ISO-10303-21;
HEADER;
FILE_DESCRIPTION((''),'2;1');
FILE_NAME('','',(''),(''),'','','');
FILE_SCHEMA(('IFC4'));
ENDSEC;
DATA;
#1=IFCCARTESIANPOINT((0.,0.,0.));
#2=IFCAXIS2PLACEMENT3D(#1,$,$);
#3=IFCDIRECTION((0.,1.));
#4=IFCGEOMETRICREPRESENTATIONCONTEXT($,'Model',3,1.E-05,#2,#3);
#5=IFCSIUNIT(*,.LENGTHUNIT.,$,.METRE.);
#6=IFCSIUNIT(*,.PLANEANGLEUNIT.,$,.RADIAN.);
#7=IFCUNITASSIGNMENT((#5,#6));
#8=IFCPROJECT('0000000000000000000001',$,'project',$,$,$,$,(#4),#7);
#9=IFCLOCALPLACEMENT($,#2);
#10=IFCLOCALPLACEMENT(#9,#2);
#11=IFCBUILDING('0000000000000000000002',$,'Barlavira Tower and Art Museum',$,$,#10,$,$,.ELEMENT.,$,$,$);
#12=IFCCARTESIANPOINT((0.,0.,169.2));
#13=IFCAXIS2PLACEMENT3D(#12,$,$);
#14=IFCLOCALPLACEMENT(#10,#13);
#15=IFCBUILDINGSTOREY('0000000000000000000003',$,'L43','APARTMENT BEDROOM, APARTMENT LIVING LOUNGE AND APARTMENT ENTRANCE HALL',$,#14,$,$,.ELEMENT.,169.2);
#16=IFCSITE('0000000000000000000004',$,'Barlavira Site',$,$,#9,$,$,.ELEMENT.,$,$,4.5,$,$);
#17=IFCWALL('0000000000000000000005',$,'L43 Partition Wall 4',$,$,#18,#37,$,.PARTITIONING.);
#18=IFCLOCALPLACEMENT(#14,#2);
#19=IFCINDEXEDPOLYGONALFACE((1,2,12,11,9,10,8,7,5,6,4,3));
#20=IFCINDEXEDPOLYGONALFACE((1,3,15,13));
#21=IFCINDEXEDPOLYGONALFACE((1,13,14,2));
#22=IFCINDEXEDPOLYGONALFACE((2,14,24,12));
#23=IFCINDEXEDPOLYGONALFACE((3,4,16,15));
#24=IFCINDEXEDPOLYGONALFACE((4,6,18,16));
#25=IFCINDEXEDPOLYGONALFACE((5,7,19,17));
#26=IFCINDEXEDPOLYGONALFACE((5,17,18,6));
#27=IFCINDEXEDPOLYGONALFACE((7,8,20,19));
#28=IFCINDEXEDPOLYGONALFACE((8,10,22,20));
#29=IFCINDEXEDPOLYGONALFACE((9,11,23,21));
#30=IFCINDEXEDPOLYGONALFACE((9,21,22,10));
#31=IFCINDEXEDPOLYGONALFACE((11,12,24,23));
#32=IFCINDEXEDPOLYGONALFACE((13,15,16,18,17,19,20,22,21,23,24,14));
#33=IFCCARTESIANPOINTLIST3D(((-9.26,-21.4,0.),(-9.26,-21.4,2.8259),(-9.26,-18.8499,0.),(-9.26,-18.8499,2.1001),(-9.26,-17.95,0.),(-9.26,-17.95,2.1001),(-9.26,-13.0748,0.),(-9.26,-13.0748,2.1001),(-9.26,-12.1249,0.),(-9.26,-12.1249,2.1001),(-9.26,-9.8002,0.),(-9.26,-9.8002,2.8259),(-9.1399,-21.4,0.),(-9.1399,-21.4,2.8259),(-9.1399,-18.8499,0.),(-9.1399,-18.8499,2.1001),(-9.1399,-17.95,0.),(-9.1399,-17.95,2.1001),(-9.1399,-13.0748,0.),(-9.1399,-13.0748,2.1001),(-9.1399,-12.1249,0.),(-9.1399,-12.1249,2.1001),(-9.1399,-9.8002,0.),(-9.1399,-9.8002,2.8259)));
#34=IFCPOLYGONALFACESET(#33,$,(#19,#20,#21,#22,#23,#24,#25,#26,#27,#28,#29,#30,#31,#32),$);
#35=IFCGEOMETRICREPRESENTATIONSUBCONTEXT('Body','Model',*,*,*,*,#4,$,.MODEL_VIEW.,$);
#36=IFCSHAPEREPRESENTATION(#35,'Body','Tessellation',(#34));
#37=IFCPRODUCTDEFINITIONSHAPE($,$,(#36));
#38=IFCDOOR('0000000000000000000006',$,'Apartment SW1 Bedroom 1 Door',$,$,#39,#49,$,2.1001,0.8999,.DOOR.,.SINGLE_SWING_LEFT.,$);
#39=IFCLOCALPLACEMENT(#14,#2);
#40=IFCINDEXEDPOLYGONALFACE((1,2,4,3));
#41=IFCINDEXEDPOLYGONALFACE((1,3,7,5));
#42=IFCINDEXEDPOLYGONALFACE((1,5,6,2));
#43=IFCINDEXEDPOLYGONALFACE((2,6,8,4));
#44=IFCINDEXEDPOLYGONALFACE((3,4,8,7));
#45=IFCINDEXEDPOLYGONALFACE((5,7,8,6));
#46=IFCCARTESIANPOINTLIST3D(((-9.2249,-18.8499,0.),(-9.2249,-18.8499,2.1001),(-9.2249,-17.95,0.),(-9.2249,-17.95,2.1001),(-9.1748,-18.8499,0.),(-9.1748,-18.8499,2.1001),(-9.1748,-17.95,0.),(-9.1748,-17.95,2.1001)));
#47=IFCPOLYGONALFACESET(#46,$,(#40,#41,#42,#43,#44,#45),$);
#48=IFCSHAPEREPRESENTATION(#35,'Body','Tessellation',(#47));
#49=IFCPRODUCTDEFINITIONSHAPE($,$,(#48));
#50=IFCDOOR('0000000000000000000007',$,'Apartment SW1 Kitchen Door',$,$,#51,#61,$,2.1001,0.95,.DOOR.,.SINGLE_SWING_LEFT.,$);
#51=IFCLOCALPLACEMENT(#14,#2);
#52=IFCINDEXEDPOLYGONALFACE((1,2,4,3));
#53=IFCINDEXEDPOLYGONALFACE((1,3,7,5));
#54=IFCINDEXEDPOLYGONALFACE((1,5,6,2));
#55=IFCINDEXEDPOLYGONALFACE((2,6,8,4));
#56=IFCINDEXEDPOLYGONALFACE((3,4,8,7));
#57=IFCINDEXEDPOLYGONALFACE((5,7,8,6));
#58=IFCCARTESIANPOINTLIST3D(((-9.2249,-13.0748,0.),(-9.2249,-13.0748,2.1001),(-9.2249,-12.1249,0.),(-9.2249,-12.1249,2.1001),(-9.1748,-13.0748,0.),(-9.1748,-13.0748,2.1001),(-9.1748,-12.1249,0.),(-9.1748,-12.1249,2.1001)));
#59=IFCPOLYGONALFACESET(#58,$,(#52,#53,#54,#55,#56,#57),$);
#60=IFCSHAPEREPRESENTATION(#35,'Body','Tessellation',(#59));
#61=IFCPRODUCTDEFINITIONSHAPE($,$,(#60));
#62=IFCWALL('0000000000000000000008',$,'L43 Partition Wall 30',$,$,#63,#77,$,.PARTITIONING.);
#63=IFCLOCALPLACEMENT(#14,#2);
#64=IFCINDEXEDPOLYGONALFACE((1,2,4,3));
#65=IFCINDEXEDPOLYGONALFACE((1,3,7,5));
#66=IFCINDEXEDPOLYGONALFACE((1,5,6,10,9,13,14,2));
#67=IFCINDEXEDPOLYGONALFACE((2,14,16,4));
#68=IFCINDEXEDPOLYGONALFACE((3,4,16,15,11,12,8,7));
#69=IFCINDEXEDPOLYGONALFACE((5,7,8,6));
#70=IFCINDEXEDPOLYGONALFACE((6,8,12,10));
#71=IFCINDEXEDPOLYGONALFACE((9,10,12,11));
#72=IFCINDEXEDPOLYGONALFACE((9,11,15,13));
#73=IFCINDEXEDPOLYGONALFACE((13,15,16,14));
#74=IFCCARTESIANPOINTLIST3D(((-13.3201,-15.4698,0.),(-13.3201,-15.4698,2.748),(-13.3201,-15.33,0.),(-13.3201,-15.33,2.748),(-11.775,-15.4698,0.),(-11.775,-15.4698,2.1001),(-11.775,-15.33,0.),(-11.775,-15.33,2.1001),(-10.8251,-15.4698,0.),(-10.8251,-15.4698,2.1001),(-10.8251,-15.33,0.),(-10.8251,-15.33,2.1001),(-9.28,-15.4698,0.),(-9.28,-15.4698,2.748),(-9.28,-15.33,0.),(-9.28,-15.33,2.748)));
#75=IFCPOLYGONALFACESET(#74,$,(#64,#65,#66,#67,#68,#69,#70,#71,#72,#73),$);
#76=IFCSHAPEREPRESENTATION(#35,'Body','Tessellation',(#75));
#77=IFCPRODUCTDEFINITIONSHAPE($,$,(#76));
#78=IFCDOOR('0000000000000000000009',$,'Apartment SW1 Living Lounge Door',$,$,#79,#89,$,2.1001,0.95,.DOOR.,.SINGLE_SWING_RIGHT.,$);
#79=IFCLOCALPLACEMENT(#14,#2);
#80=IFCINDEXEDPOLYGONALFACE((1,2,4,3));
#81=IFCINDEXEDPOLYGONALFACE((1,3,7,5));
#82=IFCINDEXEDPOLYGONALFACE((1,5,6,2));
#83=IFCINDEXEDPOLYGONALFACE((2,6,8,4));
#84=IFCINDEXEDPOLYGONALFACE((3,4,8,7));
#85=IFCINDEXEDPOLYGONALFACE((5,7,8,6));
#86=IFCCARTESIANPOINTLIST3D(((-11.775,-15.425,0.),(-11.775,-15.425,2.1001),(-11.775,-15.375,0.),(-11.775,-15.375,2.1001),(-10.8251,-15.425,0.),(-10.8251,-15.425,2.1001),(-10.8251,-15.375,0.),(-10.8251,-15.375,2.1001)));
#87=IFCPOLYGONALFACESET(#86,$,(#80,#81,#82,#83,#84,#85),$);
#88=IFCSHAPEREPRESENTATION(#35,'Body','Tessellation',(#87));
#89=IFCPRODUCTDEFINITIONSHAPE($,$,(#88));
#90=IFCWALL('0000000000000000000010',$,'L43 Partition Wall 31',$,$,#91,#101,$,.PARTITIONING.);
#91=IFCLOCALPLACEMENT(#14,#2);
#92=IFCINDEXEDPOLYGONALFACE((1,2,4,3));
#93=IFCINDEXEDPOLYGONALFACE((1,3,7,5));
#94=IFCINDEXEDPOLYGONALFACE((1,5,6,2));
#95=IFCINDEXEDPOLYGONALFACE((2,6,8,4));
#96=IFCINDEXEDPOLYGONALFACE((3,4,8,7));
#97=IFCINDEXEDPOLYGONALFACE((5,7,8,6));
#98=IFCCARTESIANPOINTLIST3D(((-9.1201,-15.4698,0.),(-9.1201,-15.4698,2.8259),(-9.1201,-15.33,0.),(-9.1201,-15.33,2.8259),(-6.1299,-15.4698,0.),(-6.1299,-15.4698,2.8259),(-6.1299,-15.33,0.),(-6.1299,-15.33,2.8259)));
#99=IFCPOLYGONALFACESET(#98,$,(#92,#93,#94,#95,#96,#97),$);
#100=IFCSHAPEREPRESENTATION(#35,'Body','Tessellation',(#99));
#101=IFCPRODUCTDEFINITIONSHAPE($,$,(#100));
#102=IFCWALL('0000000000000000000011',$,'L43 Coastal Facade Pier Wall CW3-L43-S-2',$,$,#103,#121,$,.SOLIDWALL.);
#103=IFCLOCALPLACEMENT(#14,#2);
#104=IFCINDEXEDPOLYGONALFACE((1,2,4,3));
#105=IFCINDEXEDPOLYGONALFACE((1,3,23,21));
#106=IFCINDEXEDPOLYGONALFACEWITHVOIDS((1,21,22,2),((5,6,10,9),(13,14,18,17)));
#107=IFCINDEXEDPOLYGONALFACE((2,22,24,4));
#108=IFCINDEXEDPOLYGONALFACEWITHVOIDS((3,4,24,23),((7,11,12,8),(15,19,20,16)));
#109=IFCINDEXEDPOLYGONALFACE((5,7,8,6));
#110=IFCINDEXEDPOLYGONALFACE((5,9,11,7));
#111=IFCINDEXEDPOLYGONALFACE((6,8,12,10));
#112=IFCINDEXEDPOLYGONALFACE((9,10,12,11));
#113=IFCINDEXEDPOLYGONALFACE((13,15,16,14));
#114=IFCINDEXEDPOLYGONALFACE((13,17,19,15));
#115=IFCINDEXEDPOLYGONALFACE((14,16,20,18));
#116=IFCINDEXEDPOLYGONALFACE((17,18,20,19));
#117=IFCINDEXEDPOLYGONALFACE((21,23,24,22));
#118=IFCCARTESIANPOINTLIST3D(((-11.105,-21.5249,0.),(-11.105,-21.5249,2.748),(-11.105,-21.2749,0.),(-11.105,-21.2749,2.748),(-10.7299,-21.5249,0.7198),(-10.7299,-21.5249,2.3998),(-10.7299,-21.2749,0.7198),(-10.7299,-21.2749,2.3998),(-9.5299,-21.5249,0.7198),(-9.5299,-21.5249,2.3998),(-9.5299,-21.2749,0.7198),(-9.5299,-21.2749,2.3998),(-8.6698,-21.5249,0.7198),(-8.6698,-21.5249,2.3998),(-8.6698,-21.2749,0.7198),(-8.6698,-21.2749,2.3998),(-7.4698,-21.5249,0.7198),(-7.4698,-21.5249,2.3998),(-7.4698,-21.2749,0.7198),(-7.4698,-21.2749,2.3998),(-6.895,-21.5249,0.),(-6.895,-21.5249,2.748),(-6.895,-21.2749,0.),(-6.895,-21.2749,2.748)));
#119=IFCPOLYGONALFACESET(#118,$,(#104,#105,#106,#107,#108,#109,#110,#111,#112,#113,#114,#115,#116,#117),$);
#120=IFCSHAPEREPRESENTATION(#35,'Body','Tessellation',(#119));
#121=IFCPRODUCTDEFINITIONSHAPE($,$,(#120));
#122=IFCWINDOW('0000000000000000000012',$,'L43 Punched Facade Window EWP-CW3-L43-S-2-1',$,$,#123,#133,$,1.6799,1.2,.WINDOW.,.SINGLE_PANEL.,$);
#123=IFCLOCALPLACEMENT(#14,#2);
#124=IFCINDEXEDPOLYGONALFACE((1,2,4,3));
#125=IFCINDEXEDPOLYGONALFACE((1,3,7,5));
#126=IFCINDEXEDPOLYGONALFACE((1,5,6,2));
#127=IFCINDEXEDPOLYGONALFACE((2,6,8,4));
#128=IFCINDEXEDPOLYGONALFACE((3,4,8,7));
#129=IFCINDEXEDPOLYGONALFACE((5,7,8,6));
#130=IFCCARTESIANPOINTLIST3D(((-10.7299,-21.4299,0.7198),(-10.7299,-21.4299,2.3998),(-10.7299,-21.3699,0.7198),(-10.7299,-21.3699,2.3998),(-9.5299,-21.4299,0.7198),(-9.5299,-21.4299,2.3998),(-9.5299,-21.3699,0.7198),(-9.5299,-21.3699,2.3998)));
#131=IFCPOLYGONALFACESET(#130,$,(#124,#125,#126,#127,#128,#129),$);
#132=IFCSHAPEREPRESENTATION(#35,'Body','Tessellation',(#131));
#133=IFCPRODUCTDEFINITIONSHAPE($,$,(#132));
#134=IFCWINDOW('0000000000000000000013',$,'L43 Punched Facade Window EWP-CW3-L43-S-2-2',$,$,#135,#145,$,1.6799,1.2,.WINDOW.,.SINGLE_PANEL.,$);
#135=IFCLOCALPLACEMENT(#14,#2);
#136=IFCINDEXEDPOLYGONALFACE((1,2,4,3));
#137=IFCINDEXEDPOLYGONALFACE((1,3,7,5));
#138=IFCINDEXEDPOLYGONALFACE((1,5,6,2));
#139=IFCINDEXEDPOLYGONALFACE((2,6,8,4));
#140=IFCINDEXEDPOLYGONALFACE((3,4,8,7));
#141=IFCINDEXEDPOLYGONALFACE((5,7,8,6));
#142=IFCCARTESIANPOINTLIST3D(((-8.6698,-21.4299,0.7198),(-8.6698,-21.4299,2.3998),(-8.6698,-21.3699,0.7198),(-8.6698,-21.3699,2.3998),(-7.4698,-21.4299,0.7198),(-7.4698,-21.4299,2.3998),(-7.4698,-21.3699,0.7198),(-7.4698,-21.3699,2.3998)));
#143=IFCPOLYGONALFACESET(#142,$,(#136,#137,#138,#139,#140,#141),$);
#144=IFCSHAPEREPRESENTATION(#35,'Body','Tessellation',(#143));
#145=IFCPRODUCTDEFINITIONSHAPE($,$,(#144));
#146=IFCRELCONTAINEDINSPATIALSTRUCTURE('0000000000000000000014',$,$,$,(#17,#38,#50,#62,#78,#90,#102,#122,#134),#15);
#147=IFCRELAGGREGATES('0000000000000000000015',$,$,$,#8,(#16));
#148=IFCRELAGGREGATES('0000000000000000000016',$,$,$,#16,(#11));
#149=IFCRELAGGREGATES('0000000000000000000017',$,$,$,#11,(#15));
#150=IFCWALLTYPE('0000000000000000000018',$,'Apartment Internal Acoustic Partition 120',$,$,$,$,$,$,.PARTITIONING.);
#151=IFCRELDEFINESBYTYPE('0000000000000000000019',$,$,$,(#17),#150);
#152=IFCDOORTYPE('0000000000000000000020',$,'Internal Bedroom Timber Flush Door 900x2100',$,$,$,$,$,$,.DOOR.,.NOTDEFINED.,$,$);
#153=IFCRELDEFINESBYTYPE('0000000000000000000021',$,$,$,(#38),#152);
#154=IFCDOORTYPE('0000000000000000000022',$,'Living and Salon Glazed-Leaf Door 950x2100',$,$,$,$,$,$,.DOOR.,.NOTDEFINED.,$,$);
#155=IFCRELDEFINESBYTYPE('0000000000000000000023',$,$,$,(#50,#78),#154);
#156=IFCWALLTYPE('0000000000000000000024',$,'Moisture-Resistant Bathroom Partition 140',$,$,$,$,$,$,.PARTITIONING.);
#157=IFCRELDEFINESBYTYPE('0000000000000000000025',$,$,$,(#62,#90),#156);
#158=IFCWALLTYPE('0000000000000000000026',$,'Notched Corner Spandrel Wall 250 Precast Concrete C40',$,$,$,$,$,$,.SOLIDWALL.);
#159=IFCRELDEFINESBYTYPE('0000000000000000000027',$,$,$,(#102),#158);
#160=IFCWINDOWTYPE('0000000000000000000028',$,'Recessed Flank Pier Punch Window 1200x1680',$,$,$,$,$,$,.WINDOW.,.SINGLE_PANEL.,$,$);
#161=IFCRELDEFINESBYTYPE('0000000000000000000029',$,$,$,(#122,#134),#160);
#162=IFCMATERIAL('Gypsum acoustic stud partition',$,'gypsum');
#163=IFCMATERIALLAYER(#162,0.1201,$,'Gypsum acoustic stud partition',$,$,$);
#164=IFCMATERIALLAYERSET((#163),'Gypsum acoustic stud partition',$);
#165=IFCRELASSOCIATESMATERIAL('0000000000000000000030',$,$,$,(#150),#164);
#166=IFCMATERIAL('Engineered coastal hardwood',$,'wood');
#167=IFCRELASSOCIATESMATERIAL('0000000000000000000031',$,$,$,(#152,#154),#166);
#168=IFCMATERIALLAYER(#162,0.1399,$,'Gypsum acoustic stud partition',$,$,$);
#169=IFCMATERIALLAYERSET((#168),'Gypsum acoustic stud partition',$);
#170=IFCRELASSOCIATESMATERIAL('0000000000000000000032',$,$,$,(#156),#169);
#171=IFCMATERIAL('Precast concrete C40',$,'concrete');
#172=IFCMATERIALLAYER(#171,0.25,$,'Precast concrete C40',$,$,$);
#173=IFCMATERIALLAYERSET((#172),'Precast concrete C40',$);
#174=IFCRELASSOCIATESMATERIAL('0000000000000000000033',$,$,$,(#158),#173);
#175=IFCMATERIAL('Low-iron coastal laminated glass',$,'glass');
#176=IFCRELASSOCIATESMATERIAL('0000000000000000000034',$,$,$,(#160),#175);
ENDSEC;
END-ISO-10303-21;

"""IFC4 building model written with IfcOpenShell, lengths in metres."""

from ifc_helpers import new_model, si_unit, direction, frame, frame_2d, origin, place, context, subcontext, project, spatial, rectangle, extrude, material, layer, layer_set, type_object, element, fill, save


model = new_model("IFC4")

# Units and contexts
model_context = context("Model", 3, precision=1e-05, world=origin(), true_north=direction((0.0, 1.0)))
body_context = subcontext(model_context, "Body", "Model", "MODEL_VIEW")
ifc_project = project(units=[si_unit("LENGTHUNIT", "METRE"), si_unit("PLANEANGLEUNIT", "RADIAN")], contexts=[model_context])

# Site, building, storey
site_placement = place(None, origin())
site = spatial("IfcSite", under=ifc_project, at=site_placement, Name="Barlavira Site", CompositionType="ELEMENT", RefElevation=4.5)
building_placement = place(site_placement, origin())
building = spatial("IfcBuilding", under=site, at=building_placement, Name="Barlavira Tower and Art Museum", CompositionType="ELEMENT")
storey_placement = place(building_placement, frame((0.0, 0.0, 169.2)))
storey = spatial("IfcBuildingStorey", under=building, at=storey_placement, Name="L43", Description="APARTMENT BEDROOM, APARTMENT LIVING LOUNGE AND APARTMENT ENTRANCE HALL", CompositionType="ELEMENT", Elevation=169.2)

# Wall, openings, doors
ifc_material_1 = material(Name="Gypsum acoustic stud partition", Category="gypsum")
ifc_layer_1 = layer(ifc_material_1, 0.1201, Name="Gypsum acoustic stud partition")
ifc_layer_set_1 = layer_set([ifc_layer_1], Name="Gypsum acoustic stud partition")
wall_type_1 = type_object("IfcWallType", Name="Apartment Internal Acoustic Partition 120", PredefinedType="PARTITIONING", material=ifc_layer_set_1)
wall_1_placement = place(storey_placement, frame((-9.2, -21.3999, 0.0), z_axis=(0.0, 0.0, 1.0), x_axis=(0.0, 1.0, 0.0)))
wall_1 = element("IfcWall", 1, at=wall_1_placement, inside=storey, type_object=wall_type_1, Name="L43 Partition Wall 4", PredefinedType="PARTITIONING", context=body_context, shape_type="SweptSolid", body=[
    extrude(rectangle(XDim=11.5999, YDim=0.1201, at=frame_2d((5.7998, 0.0))), origin(), (0.0, 0.0, 1.0), 2.8259),
])
opening_1_placement = place(wall_1_placement, frame((8.325, 0.0, 0.0)))
opening_1 = element("IfcOpeningElement", 2, at=opening_1_placement, cuts=wall_1, PredefinedType="OPENING", context=body_context, shape_type="SweptSolid", body=[
    extrude(rectangle(XDim=0.95, YDim=2.1001, at=frame_2d((0.4751, 1.05))), frame((0.0, 0.0701, 0.0), z_axis=(0.0, -1.0, 0.0), x_axis=(1.0, 0.0, 0.0)), (0.0, 0.0, 1.0), 0.1401),
])
opening_2_placement = place(wall_1_placement, frame((2.55, 0.0, 0.0)))
opening_2 = element("IfcOpeningElement", 3, at=opening_2_placement, cuts=wall_1, PredefinedType="OPENING", context=body_context, shape_type="SweptSolid", body=[
    extrude(rectangle(XDim=0.8999, YDim=2.1001, at=frame_2d((0.45, 1.05))), frame((0.0, 0.0701, 0.0), z_axis=(0.0, -1.0, 0.0), x_axis=(1.0, 0.0, 0.0)), (0.0, 0.0, 1.0), 0.1401),
])
ifc_material_2 = material(Name="Engineered coastal hardwood", Category="wood")
door_type_1 = type_object("IfcDoorType", Name="Internal Bedroom Timber Flush Door 900x2100", OperationType="NOTDEFINED", PredefinedType="DOOR", material=ifc_material_2)
door_1_placement = place(opening_2_placement, origin())
door_1 = element("IfcDoor", 4, at=door_1_placement, inside=storey, type_object=door_type_1, Name="Apartment SW1 Bedroom 1 Door", OperationType="SINGLE_SWING_LEFT", OverallHeight=2.1001, OverallWidth=0.8999, PredefinedType="DOOR", context=body_context, shape_type="SweptSolid", body=[
    extrude(rectangle(XDim=0.8999, YDim=2.1001, at=frame_2d((0.45, 1.05))), frame((0.0, 0.0249, 0.0), z_axis=(0.0, -1.0, 0.0), x_axis=(1.0, 0.0, 0.0)), (0.0, 0.0, 1.0), 0.05),
])
fill(opening_2, door_1)
door_type_2 = type_object("IfcDoorType", Name="Living and Salon Glazed-Leaf Door 950x2100", OperationType="NOTDEFINED", PredefinedType="DOOR", material=ifc_material_2)
door_2_placement = place(opening_1_placement, origin())
door_2 = element("IfcDoor", 5, at=door_2_placement, inside=storey, type_object=door_type_2, Name="Apartment SW1 Kitchen Door", OperationType="SINGLE_SWING_LEFT", OverallHeight=2.1001, OverallWidth=0.95, PredefinedType="DOOR", context=body_context, shape_type="SweptSolid", body=[
    extrude(rectangle(XDim=0.95, YDim=2.1001, at=frame_2d((0.4751, 1.05))), frame((0.0, 0.0249, 0.0), z_axis=(0.0, -1.0, 0.0), x_axis=(1.0, 0.0, 0.0)), (0.0, 0.0, 1.0), 0.05),
])
fill(opening_1, door_2)

# Wall, opening, door
ifc_layer_2 = layer(ifc_material_1, 0.1399, Name="Gypsum acoustic stud partition")
ifc_layer_set_2 = layer_set([ifc_layer_2], Name="Gypsum acoustic stud partition")
wall_type_2 = type_object("IfcWallType", Name="Moisture-Resistant Bathroom Partition 140", PredefinedType="PARTITIONING", material=ifc_layer_set_2)
wall_2_placement = place(storey_placement, frame((-13.3201, -15.3999, 0.0), z_axis=(0.0, 0.0, 1.0), x_axis=(1.0, 0.0, 0.0)))
wall_2 = element("IfcWall", 6, at=wall_2_placement, inside=storey, type_object=wall_type_2, Name="L43 Partition Wall 30", PredefinedType="PARTITIONING", context=body_context, shape_type="SweptSolid", body=[
    extrude(rectangle(XDim=4.04, YDim=0.1399, at=frame_2d((2.02, 0.0))), origin(), (0.0, 0.0, 1.0), 2.748),
])
opening_3_placement = place(wall_2_placement, frame((1.5449, 0.0, 0.0)))
opening_3 = element("IfcOpeningElement", 7, at=opening_3_placement, cuts=wall_2, PredefinedType="OPENING", context=body_context, shape_type="SweptSolid", body=[
    extrude(rectangle(XDim=0.95, YDim=2.1001, at=frame_2d((0.4751, 1.05))), frame((0.0, 0.0801, 0.0), z_axis=(0.0, -1.0, 0.0), x_axis=(1.0, 0.0, 0.0)), (0.0, 0.0, 1.0), 0.1599),
])
door_3_placement = place(opening_3_placement, origin())
door_3 = element("IfcDoor", 8, at=door_3_placement, inside=storey, type_object=door_type_2, Name="Apartment SW1 Living Lounge Door", OperationType="SINGLE_SWING_RIGHT", OverallHeight=2.1001, OverallWidth=0.95, PredefinedType="DOOR", context=body_context, shape_type="SweptSolid", body=[
    extrude(rectangle(XDim=0.95, YDim=2.1001, at=frame_2d((0.4751, 1.05))), frame((0.0, 0.0249, 0.0), z_axis=(0.0, -1.0, 0.0), x_axis=(1.0, 0.0, 0.0)), (0.0, 0.0, 1.0), 0.05),
])
fill(opening_3, door_3)

# Wall
wall_3_placement = place(storey_placement, frame((-9.1201, -15.3999, 0.0), z_axis=(0.0, 0.0, 1.0), x_axis=(1.0, 0.0, 0.0)))
element("IfcWall", 9, at=wall_3_placement, inside=storey, type_object=wall_type_2, Name="L43 Partition Wall 31", PredefinedType="PARTITIONING", context=body_context, shape_type="SweptSolid", body=[
    extrude(rectangle(XDim=2.9902, YDim=0.1399, at=frame_2d((1.4951, 0.0))), origin(), (0.0, 0.0, 1.0), 2.8259),
])

# Wall, openings, windows
ifc_material_3 = material(Name="Precast concrete C40", Category="concrete")
ifc_layer_3 = layer(ifc_material_3, 0.25, Name="Precast concrete C40")
ifc_layer_set_3 = layer_set([ifc_layer_3], Name="Precast concrete C40")
wall_type_3 = type_object("IfcWallType", Name="Notched Corner Spandrel Wall 250 Precast Concrete C40", PredefinedType="SOLIDWALL", material=ifc_layer_set_3)
wall_4_placement = place(storey_placement, frame((-11.105, -21.3999, 0.0), z_axis=(0.0, 0.0, 1.0), x_axis=(1.0, 0.0, 0.0)))
wall_4 = element("IfcWall", 10, at=wall_4_placement, inside=storey, type_object=wall_type_3, Name="L43 Coastal Facade Pier Wall CW3-L43-S-2", PredefinedType="SOLIDWALL", context=body_context, shape_type="SweptSolid", body=[
    extrude(rectangle(XDim=4.21, YDim=0.25, at=frame_2d((2.105, 0.0))), origin(), (0.0, 0.0, 1.0), 2.748),
])
opening_4_placement = place(wall_4_placement, frame((0.375, 0.0, 0.72)))
opening_4 = element("IfcOpeningElement", 11, at=opening_4_placement, cuts=wall_4, PredefinedType="OPENING", context=body_context, shape_type="SweptSolid", body=[
    extrude(rectangle(XDim=1.2, YDim=1.6799, at=frame_2d((0.6001, 0.8398))), frame((0.0, 0.135, 0.0), z_axis=(0.0, -1.0, 0.0), x_axis=(1.0, 0.0, 0.0)), (0.0, 0.0, 1.0), 0.27),
])
opening_5_placement = place(wall_4_placement, frame((2.4351, 0.0, 0.72)))
opening_5 = element("IfcOpeningElement", 12, at=opening_5_placement, cuts=wall_4, PredefinedType="OPENING", context=body_context, shape_type="SweptSolid", body=[
    extrude(rectangle(XDim=1.2, YDim=1.6799, at=frame_2d((0.6001, 0.8398))), frame((0.0, 0.135, 0.0), z_axis=(0.0, -1.0, 0.0), x_axis=(1.0, 0.0, 0.0)), (0.0, 0.0, 1.0), 0.27),
])
ifc_material_4 = material(Name="Low-iron coastal laminated glass", Category="glass")
window_type = type_object("IfcWindowType", Name="Recessed Flank Pier Punch Window 1200x1680", PartitioningType="SINGLE_PANEL", PredefinedType="WINDOW", material=ifc_material_4)
window_1_placement = place(opening_4_placement, origin())
window_1 = element("IfcWindow", 13, at=window_1_placement, inside=storey, type_object=window_type, Name="L43 Punched Facade Window EWP-CW3-L43-S-2-1", OverallHeight=1.6799, OverallWidth=1.2, PartitioningType="SINGLE_PANEL", PredefinedType="WINDOW", context=body_context, shape_type="SweptSolid", body=[
    extrude(rectangle(XDim=1.2, YDim=1.6799, at=frame_2d((0.6001, 0.8398))), frame((0.0, 0.03, 0.0), z_axis=(0.0, -1.0, 0.0), x_axis=(1.0, 0.0, 0.0)), (0.0, 0.0, 1.0), 0.0601),
])
fill(opening_4, window_1)
window_2_placement = place(opening_5_placement, origin())
window_2 = element("IfcWindow", 14, at=window_2_placement, inside=storey, type_object=window_type, Name="L43 Punched Facade Window EWP-CW3-L43-S-2-2", OverallHeight=1.6799, OverallWidth=1.2, PartitioningType="SINGLE_PANEL", PredefinedType="WINDOW", context=body_context, shape_type="SweptSolid", body=[
    extrude(rectangle(XDim=1.2, YDim=1.6799, at=frame_2d((0.6001, 0.8398))), frame((0.0, 0.03, 0.0), z_axis=(0.0, -1.0, 0.0), x_axis=(1.0, 0.0, 0.0)), (0.0, 0.0, 1.0), 0.0601),
])
fill(opening_5, window_2)

save(model, "model.ifc")
